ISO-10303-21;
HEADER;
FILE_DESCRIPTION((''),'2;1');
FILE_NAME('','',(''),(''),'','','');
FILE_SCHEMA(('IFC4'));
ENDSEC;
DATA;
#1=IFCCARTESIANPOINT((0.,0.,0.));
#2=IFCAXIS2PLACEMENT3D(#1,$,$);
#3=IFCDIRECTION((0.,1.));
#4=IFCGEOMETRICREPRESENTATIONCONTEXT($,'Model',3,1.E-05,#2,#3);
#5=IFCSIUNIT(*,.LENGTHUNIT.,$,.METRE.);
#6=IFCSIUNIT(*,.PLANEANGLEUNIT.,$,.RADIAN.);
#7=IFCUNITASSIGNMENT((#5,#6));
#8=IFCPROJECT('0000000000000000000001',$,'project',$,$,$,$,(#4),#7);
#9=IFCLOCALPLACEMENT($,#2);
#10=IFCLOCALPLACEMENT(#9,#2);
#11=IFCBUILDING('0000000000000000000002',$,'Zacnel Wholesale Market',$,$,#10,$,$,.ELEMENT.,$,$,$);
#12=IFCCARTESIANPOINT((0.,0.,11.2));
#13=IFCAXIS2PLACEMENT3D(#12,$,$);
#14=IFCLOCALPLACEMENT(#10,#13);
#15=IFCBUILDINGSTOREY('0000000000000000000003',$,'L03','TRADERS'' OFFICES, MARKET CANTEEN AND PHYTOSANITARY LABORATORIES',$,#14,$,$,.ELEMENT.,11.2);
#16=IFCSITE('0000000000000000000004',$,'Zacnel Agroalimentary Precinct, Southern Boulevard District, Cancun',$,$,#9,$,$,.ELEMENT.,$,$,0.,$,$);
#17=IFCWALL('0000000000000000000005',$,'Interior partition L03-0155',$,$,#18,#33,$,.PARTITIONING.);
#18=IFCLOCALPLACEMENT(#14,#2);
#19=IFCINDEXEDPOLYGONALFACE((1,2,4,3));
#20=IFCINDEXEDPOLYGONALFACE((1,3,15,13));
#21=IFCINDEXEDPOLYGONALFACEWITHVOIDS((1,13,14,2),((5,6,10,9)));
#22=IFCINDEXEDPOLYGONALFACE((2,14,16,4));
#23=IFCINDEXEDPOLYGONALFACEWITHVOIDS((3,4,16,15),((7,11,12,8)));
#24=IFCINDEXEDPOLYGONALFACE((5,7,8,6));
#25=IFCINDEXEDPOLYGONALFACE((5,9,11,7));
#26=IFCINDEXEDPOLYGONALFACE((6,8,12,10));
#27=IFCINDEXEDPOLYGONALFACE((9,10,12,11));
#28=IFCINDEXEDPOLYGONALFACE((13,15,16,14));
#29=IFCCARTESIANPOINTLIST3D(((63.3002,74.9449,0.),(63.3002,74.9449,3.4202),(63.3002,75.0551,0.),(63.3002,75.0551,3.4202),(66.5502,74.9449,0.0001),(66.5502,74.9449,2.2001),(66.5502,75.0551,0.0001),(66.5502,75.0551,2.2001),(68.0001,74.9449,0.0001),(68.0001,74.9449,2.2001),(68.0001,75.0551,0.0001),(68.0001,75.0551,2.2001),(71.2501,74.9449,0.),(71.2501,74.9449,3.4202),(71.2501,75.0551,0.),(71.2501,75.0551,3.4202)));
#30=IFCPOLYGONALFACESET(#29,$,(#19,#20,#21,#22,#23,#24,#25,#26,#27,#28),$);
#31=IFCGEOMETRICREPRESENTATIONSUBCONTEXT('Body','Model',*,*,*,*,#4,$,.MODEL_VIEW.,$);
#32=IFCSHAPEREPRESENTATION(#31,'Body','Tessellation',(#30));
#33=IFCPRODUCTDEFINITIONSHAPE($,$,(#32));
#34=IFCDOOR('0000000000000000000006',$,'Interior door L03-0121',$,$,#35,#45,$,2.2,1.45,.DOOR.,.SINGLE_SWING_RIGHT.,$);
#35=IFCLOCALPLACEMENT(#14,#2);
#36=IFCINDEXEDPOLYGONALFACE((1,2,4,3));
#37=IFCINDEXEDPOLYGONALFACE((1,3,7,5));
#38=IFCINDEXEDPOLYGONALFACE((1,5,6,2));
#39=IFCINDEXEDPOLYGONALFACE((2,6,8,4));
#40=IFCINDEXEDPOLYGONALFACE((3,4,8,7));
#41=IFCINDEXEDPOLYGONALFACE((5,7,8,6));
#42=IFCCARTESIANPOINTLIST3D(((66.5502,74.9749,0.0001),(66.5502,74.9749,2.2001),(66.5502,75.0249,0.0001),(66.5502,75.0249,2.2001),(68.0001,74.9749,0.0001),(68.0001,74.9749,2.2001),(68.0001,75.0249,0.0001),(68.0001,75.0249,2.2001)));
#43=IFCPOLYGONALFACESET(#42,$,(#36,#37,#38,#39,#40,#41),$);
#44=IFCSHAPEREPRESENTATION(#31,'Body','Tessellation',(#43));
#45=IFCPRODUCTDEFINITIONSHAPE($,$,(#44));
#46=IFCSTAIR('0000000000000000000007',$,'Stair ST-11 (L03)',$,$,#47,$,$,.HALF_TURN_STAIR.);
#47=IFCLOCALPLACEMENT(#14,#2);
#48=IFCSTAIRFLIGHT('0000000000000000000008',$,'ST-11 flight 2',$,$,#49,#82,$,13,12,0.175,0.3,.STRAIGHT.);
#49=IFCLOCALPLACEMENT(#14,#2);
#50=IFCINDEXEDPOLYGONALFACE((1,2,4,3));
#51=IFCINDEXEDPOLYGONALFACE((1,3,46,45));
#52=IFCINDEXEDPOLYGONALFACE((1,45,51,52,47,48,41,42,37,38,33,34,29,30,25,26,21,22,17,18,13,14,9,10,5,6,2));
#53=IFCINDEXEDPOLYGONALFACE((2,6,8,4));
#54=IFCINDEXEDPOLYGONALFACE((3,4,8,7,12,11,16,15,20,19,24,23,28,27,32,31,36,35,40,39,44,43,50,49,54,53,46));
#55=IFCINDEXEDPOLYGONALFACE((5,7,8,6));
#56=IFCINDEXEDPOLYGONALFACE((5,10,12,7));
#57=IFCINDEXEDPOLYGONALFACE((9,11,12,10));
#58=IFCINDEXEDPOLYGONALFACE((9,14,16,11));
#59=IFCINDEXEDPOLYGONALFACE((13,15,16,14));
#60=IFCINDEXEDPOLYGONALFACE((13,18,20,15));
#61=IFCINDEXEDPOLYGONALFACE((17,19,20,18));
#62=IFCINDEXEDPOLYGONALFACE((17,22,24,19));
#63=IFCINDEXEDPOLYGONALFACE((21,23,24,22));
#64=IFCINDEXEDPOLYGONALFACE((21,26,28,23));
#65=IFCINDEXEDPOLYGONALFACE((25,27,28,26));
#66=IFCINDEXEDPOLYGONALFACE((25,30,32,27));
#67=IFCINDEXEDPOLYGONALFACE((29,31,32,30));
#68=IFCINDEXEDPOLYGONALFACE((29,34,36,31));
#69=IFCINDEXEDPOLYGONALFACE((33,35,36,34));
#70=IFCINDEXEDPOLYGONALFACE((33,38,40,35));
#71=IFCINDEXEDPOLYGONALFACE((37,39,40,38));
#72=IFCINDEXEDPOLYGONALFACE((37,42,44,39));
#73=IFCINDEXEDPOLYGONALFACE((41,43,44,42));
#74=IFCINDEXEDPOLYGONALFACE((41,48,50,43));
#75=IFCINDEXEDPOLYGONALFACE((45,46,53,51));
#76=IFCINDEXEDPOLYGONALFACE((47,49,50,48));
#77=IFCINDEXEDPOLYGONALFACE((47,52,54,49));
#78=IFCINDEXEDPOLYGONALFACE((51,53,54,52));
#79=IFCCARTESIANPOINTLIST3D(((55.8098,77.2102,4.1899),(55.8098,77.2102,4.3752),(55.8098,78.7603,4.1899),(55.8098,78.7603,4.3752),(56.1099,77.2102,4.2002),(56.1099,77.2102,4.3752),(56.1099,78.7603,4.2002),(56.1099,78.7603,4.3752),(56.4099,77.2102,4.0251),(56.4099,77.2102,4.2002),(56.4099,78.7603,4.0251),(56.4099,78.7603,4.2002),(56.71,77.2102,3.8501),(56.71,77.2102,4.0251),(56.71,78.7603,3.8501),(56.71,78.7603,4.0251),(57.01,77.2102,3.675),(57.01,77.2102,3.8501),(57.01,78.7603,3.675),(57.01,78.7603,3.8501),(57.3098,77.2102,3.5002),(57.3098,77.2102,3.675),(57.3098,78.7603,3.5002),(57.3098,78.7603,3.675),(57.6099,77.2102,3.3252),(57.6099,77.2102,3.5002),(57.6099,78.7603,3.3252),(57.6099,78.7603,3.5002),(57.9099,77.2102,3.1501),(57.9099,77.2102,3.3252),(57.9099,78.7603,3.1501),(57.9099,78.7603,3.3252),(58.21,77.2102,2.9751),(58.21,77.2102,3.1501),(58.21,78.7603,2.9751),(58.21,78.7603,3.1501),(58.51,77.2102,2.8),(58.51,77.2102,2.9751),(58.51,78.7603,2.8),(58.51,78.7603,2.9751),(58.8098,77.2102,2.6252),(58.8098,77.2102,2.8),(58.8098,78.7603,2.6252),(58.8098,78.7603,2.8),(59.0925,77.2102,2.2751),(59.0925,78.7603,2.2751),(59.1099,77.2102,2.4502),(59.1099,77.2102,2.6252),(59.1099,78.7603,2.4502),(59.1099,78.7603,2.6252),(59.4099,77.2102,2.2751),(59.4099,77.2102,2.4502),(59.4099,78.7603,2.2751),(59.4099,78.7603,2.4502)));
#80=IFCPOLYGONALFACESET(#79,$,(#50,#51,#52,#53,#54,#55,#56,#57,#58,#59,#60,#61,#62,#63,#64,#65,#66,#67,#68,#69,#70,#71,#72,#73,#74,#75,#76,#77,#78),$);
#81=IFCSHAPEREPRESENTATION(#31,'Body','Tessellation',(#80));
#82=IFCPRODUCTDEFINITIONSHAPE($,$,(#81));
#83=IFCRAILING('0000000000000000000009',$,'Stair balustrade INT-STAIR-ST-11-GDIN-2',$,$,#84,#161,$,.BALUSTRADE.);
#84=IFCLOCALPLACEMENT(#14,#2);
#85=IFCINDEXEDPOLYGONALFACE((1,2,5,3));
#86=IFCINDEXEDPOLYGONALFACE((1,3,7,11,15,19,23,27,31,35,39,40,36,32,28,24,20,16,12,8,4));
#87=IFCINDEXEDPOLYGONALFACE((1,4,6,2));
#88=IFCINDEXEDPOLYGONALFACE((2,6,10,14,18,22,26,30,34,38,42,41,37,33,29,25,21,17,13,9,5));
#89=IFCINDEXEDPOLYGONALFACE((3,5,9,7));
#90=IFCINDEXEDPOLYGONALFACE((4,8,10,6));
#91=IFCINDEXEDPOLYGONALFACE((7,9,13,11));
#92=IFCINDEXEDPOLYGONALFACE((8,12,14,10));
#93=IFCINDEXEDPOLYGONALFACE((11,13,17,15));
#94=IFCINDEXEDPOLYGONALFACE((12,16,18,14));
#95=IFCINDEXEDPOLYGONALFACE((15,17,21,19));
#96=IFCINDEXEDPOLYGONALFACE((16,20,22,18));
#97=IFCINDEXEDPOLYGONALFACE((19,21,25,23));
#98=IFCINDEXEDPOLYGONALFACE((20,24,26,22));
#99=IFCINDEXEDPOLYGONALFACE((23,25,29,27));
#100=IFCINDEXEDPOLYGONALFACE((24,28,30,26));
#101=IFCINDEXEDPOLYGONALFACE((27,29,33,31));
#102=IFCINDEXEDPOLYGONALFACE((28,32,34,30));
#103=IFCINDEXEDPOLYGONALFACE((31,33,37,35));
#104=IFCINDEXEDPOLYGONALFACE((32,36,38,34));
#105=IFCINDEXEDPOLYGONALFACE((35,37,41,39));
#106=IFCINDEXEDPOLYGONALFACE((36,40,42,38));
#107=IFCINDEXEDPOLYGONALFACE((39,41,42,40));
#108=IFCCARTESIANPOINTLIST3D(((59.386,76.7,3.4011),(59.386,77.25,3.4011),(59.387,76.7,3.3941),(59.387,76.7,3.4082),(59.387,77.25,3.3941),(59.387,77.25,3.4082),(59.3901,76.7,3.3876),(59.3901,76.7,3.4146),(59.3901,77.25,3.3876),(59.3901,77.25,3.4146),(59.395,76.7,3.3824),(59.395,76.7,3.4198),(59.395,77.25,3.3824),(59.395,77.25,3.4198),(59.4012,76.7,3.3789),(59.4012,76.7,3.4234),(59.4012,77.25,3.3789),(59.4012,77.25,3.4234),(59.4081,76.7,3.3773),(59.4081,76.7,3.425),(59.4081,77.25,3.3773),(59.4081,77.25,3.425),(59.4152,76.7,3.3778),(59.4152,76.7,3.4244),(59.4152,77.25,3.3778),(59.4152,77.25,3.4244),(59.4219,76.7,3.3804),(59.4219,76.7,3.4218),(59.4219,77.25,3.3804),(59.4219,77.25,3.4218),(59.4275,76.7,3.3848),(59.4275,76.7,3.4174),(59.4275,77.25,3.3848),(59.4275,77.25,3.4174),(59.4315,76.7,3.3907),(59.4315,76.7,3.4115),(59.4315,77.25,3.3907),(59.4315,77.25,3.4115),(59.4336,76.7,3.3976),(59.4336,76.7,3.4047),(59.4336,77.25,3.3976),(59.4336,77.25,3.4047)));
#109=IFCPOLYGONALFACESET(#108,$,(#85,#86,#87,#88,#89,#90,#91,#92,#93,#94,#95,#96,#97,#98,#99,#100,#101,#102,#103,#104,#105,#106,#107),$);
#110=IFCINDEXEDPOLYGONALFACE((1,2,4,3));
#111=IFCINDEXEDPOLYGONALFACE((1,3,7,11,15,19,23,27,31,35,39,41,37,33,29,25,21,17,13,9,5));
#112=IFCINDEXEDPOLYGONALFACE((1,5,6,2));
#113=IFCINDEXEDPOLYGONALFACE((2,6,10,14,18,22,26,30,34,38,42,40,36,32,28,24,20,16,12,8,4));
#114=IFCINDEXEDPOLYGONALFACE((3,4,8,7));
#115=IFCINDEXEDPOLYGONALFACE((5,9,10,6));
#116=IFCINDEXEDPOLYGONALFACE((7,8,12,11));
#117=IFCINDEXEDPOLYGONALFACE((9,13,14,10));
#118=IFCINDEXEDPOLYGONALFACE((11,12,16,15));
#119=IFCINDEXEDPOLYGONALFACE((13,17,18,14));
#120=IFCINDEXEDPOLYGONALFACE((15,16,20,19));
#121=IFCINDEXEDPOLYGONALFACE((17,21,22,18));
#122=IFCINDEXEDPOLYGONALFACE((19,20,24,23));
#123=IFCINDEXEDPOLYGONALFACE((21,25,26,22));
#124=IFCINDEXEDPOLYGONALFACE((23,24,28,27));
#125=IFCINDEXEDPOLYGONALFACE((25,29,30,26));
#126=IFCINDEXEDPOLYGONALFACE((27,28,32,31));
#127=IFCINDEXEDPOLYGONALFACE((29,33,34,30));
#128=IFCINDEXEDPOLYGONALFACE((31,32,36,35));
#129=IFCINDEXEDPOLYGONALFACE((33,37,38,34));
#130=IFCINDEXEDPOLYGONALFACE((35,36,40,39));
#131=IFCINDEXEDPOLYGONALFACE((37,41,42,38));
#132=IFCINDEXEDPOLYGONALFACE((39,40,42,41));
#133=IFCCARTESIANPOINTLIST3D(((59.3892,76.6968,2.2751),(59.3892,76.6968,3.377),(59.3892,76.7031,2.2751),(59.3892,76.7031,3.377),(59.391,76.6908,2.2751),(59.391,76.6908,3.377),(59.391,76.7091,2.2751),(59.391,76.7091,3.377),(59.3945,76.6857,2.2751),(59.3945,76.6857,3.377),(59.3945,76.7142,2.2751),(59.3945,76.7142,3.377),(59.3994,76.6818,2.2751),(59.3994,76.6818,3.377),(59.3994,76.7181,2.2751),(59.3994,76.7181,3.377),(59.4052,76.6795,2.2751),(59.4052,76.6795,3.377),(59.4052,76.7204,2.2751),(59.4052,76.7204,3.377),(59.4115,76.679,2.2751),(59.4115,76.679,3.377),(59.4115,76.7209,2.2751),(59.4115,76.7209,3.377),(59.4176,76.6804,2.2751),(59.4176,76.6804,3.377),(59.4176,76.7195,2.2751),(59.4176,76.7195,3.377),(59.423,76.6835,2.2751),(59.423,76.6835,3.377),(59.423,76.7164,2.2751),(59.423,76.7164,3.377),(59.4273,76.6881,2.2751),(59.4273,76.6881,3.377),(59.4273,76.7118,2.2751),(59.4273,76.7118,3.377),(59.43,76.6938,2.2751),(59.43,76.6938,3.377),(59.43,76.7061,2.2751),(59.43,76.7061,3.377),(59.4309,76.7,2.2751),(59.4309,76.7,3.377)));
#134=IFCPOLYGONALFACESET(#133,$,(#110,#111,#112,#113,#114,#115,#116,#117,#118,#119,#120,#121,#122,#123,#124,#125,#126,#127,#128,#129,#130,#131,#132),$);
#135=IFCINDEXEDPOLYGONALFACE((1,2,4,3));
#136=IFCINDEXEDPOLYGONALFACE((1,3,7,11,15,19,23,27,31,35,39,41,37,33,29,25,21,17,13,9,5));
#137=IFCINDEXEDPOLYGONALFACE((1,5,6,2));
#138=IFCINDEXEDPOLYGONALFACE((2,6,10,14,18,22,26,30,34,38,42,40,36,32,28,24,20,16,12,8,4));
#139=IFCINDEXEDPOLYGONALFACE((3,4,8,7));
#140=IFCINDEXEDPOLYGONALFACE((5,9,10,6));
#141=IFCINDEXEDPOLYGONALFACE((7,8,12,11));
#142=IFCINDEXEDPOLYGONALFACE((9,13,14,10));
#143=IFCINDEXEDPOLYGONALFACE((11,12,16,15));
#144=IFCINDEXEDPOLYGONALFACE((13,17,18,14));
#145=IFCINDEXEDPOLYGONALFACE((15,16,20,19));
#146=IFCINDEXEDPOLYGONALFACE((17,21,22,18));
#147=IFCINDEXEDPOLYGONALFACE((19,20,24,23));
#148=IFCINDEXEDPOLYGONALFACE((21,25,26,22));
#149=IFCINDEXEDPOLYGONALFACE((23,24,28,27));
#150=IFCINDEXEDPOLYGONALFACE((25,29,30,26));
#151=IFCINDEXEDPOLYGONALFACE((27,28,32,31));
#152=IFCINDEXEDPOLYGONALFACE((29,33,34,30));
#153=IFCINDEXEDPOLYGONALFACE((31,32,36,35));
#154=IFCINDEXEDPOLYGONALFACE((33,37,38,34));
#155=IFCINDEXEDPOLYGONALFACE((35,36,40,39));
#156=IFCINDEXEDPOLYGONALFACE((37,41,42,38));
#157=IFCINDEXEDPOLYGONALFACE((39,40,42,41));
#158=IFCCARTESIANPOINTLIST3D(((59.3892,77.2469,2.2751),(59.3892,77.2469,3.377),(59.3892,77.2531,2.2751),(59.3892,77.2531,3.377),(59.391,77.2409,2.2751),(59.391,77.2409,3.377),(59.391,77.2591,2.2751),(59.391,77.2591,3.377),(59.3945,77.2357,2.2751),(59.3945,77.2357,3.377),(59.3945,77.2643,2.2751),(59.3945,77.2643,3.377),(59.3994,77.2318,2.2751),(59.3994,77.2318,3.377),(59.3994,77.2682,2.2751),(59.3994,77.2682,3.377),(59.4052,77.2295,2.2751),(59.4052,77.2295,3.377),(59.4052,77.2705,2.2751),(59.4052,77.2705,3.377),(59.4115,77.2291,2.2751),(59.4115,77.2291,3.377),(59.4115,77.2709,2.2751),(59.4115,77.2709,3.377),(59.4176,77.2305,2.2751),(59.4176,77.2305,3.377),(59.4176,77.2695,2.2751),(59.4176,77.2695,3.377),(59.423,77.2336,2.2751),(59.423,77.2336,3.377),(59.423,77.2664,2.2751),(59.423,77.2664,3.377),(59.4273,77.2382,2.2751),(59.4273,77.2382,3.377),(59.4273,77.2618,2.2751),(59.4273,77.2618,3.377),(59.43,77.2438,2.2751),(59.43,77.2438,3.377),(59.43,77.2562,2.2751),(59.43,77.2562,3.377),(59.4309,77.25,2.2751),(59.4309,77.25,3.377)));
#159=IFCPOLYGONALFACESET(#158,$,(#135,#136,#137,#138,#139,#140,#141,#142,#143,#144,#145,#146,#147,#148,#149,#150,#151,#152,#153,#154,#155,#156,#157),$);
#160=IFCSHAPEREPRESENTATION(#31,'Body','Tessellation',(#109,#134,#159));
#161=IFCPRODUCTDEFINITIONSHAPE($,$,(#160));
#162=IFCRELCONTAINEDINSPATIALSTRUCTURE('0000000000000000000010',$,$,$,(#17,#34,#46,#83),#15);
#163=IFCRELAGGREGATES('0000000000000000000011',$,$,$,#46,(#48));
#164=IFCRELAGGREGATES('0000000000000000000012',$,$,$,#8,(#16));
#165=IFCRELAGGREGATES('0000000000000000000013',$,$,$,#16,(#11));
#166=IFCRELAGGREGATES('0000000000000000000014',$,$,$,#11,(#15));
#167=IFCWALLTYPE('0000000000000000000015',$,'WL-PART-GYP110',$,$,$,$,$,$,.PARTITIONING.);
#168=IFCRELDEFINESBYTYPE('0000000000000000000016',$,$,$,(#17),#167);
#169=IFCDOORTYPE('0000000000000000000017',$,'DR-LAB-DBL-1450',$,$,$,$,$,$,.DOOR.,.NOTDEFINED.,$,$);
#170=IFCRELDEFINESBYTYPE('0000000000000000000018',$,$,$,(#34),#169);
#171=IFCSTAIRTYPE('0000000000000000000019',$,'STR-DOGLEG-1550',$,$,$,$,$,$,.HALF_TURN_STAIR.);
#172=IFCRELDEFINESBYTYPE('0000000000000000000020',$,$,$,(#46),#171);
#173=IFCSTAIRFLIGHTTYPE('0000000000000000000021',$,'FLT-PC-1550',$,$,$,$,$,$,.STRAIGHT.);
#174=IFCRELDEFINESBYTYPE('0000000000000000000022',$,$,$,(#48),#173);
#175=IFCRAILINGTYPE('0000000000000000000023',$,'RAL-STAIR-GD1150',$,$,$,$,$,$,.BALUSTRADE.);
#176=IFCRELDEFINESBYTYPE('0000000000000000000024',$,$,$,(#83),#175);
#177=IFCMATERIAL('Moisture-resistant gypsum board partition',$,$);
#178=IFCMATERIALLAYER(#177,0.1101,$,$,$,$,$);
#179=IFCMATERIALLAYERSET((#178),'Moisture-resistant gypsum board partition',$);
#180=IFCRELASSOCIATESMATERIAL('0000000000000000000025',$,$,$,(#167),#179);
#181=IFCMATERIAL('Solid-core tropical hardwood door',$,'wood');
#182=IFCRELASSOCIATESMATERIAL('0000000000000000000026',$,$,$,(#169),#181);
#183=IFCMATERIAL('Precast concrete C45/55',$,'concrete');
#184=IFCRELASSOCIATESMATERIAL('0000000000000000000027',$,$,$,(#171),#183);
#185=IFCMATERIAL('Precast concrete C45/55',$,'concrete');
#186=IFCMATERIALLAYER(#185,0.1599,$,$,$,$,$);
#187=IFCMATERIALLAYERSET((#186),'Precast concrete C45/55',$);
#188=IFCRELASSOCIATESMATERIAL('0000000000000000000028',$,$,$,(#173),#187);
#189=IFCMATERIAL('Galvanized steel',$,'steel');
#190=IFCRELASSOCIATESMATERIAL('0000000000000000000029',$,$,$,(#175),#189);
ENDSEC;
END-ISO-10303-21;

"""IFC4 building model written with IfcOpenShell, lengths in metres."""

from ifc_helpers import new_model, si_unit, direction, frame, frame_2d, origin, origin_2d, place, context, subcontext, project, spatial, polyline, rectangle, circle, outline, extrude, material, layer, layer_set, type_object, element, fill, aggregate, save


model = new_model("IFC4")

# Units and contexts
model_context = context("Model", 3, precision=1e-05, world=origin(), true_north=direction((0.0, 1.0)))
body_context = subcontext(model_context, "Body", "Model", "MODEL_VIEW")
ifc_project = project(units=[si_unit("LENGTHUNIT", "METRE"), si_unit("PLANEANGLEUNIT", "RADIAN")], contexts=[model_context])

# Site, building, storey
site_placement = place(None, origin())
site = spatial("IfcSite", under=ifc_project, at=site_placement, Name="Zacnel Agroalimentary Precinct, Southern Boulevard District, Cancun", CompositionType="ELEMENT", RefElevation=0.0)
building_placement = place(site_placement, origin())
building = spatial("IfcBuilding", under=site, at=building_placement, Name="Zacnel Wholesale Market", CompositionType="ELEMENT")
storey_placement = place(building_placement, frame((0.0, 0.0, 11.2)))
storey = spatial("IfcBuildingStorey", under=building, at=storey_placement, Name="L03", Description="TRADERS' OFFICES, MARKET CANTEEN AND PHYTOSANITARY LABORATORIES", CompositionType="ELEMENT", Elevation=11.2)

# Wall, opening, door
ifc_material_1 = material(Name="Moisture-resistant gypsum board partition")
ifc_layer_1 = layer(ifc_material_1, 0.1101)
ifc_layer_set_1 = layer_set([ifc_layer_1], Name="Moisture-resistant gypsum board partition")
wall_type_1 = type_object("IfcWallType", Name="WL-PART-GYP110", PredefinedType="PARTITIONING", material=ifc_layer_set_1)
wall_1_placement = place(storey_placement, frame((63.3, 75.0, 0.0), z_axis=(0.0, 0.0, 1.0), x_axis=(1.0, 0.0, 0.0)))
wall_1 = element("IfcWall", 1, at=wall_1_placement, inside=storey, type_object=wall_type_1, Name="Interior partition L03-0155", PredefinedType="PARTITIONING", context=body_context, shape_type="SweptSolid", body=[
    extrude(rectangle(XDim=7.95, YDim=0.1101, at=frame_2d((3.9751, 0.0))), origin(), (0.0, 0.0, 1.0), 3.4202),
])
opening_placement = place(wall_1_placement, frame((3.25, 0.0, 0.0)))
opening = element("IfcOpeningElement", 2, at=opening_placement, cuts=wall_1, PredefinedType="OPENING", context=body_context, shape_type="SweptSolid", body=[
    extrude(rectangle(XDim=1.45, YDim=2.2, at=frame_2d((0.7251, 1.1001))), frame((0.0, 0.0649, 0.0), z_axis=(0.0, -1.0, 0.0), x_axis=(1.0, 0.0, 0.0)), (0.0, 0.0, 1.0), 0.1301),
])
ifc_material_2 = material(Name="Solid-core tropical hardwood door", Category="wood")
door_type = type_object("IfcDoorType", Name="DR-LAB-DBL-1450", OperationType="NOTDEFINED", PredefinedType="DOOR", material=ifc_material_2)
door_placement = place(opening_placement, origin())
door = element("IfcDoor", 3, at=door_placement, inside=storey, type_object=door_type, Name="Interior door L03-0121", OperationType="SINGLE_SWING_RIGHT", OverallHeight=2.2, OverallWidth=1.45, PredefinedType="DOOR", context=body_context, shape_type="SweptSolid", body=[
    extrude(rectangle(XDim=1.45, YDim=2.2, at=frame_2d((0.7251, 1.1001))), frame((0.0, 0.0249, 0.0), z_axis=(0.0, -1.0, 0.0), x_axis=(1.0, 0.0, 0.0)), (0.0, 0.0, 1.0), 0.05),
])
fill(opening, door)

# Stair, stair flight
ifc_material_3 = material(Name="Precast concrete C45/55", Category="concrete")
stair_type = type_object("IfcStairType", Name="STR-DOGLEG-1550", PredefinedType="HALF_TURN_STAIR", material=ifc_material_3)
stair_placement = place(storey_placement, origin())
stair = element("IfcStair", 4, at=stair_placement, inside=storey, type_object=stair_type, Name="Stair ST-11 (L03)", PredefinedType="HALF_TURN_STAIR")
ifc_material_4 = material(Name="Precast concrete C45/55", Category="concrete")
ifc_layer_2 = layer(ifc_material_4, 0.1599)
ifc_layer_set_2 = layer_set([ifc_layer_2], Name="Precast concrete C45/55")
stair_flight_type = type_object("IfcStairFlightType", Name="FLT-PC-1550", PredefinedType="STRAIGHT", material=ifc_layer_set_2)
stair_flight_placement = place(storey_placement, frame((59.4099, 77.9851, 2.2751), z_axis=(0.0, 0.0, 1.0), x_axis=(-1.0, 0.0, 0.0)))
stair_flight = element("IfcStairFlight", 5, at=stair_flight_placement, type_object=stair_flight_type, Name="ST-11 flight 2", NumberOfRisers=13, NumberOfTreads=12, PredefinedType="STRAIGHT", RiserHeight=0.175, TreadLength=0.3, context=body_context, shape_type="SweptSolid", body=[
    extrude(outline(polyline([(0.0, 0.0), (0.0, 0.175), (0.3, 0.175), (0.3, 0.3501), (0.6001, 0.3501), (0.6001, 0.5249), (0.8999, 0.5249), (0.8999, 0.7), (1.2, 0.7), (1.2, 0.875), (1.5, 0.875), (1.5, 1.05), (1.8, 1.05), (1.8, 1.2251), (2.1001, 1.2251), (2.1001, 1.3999), (2.3999, 1.3999), (2.3999, 1.575), (2.7, 1.575), (2.7, 1.75), (3.0, 1.75), (3.0, 1.925), (3.3, 1.925), (3.3, 2.1001), (3.6001, 2.1001), (3.6001, 2.2749), (3.6001, 1.9148), (0.3174, 0.0), (0.0, 0.0)])), frame((0.0, 0.7749, 0.0), z_axis=(0.0, -1.0, 0.0), x_axis=(1.0, 0.0, 0.0)), (0.0, 0.0, 1.0), 1.55),
])
aggregate(stair, [stair_flight])

# Railing
ifc_material_5 = material(Name="Galvanized steel", Category="steel")
railing_type = type_object("IfcRailingType", Name="RAL-STAIR-GD1150", PredefinedType="BALUSTRADE", material=ifc_material_5)
railing_1_placement = place(storey_placement, frame((59.4099, 76.7, 2.2751)))
element("IfcRailing", 6, at=railing_1_placement, inside=storey, type_object=railing_type, Name="Stair balustrade INT-STAIR-ST-11-GDIN-2", PredefinedType="BALUSTRADE", context=body_context, shape_type="SweptSolid", body=[
    extrude(circle(Radius=0.0239, at=origin_2d()), frame((0.0, 0.0, 1.126), z_axis=(0.0, 1.0, 0.0), x_axis=(-1.0, 0.0, 0.0)), (0.0, 0.0, 1.0), 0.55),
    extrude(circle(Radius=0.021, at=origin_2d()), origin(), (0.0, 0.0, 1.0), 1.1018),
    extrude(circle(Radius=0.021, at=origin_2d()), frame((0.0, 0.55, 0.0)), (0.0, 0.0, 1.0), 1.1018),
])

save(model, "model.ifc")
